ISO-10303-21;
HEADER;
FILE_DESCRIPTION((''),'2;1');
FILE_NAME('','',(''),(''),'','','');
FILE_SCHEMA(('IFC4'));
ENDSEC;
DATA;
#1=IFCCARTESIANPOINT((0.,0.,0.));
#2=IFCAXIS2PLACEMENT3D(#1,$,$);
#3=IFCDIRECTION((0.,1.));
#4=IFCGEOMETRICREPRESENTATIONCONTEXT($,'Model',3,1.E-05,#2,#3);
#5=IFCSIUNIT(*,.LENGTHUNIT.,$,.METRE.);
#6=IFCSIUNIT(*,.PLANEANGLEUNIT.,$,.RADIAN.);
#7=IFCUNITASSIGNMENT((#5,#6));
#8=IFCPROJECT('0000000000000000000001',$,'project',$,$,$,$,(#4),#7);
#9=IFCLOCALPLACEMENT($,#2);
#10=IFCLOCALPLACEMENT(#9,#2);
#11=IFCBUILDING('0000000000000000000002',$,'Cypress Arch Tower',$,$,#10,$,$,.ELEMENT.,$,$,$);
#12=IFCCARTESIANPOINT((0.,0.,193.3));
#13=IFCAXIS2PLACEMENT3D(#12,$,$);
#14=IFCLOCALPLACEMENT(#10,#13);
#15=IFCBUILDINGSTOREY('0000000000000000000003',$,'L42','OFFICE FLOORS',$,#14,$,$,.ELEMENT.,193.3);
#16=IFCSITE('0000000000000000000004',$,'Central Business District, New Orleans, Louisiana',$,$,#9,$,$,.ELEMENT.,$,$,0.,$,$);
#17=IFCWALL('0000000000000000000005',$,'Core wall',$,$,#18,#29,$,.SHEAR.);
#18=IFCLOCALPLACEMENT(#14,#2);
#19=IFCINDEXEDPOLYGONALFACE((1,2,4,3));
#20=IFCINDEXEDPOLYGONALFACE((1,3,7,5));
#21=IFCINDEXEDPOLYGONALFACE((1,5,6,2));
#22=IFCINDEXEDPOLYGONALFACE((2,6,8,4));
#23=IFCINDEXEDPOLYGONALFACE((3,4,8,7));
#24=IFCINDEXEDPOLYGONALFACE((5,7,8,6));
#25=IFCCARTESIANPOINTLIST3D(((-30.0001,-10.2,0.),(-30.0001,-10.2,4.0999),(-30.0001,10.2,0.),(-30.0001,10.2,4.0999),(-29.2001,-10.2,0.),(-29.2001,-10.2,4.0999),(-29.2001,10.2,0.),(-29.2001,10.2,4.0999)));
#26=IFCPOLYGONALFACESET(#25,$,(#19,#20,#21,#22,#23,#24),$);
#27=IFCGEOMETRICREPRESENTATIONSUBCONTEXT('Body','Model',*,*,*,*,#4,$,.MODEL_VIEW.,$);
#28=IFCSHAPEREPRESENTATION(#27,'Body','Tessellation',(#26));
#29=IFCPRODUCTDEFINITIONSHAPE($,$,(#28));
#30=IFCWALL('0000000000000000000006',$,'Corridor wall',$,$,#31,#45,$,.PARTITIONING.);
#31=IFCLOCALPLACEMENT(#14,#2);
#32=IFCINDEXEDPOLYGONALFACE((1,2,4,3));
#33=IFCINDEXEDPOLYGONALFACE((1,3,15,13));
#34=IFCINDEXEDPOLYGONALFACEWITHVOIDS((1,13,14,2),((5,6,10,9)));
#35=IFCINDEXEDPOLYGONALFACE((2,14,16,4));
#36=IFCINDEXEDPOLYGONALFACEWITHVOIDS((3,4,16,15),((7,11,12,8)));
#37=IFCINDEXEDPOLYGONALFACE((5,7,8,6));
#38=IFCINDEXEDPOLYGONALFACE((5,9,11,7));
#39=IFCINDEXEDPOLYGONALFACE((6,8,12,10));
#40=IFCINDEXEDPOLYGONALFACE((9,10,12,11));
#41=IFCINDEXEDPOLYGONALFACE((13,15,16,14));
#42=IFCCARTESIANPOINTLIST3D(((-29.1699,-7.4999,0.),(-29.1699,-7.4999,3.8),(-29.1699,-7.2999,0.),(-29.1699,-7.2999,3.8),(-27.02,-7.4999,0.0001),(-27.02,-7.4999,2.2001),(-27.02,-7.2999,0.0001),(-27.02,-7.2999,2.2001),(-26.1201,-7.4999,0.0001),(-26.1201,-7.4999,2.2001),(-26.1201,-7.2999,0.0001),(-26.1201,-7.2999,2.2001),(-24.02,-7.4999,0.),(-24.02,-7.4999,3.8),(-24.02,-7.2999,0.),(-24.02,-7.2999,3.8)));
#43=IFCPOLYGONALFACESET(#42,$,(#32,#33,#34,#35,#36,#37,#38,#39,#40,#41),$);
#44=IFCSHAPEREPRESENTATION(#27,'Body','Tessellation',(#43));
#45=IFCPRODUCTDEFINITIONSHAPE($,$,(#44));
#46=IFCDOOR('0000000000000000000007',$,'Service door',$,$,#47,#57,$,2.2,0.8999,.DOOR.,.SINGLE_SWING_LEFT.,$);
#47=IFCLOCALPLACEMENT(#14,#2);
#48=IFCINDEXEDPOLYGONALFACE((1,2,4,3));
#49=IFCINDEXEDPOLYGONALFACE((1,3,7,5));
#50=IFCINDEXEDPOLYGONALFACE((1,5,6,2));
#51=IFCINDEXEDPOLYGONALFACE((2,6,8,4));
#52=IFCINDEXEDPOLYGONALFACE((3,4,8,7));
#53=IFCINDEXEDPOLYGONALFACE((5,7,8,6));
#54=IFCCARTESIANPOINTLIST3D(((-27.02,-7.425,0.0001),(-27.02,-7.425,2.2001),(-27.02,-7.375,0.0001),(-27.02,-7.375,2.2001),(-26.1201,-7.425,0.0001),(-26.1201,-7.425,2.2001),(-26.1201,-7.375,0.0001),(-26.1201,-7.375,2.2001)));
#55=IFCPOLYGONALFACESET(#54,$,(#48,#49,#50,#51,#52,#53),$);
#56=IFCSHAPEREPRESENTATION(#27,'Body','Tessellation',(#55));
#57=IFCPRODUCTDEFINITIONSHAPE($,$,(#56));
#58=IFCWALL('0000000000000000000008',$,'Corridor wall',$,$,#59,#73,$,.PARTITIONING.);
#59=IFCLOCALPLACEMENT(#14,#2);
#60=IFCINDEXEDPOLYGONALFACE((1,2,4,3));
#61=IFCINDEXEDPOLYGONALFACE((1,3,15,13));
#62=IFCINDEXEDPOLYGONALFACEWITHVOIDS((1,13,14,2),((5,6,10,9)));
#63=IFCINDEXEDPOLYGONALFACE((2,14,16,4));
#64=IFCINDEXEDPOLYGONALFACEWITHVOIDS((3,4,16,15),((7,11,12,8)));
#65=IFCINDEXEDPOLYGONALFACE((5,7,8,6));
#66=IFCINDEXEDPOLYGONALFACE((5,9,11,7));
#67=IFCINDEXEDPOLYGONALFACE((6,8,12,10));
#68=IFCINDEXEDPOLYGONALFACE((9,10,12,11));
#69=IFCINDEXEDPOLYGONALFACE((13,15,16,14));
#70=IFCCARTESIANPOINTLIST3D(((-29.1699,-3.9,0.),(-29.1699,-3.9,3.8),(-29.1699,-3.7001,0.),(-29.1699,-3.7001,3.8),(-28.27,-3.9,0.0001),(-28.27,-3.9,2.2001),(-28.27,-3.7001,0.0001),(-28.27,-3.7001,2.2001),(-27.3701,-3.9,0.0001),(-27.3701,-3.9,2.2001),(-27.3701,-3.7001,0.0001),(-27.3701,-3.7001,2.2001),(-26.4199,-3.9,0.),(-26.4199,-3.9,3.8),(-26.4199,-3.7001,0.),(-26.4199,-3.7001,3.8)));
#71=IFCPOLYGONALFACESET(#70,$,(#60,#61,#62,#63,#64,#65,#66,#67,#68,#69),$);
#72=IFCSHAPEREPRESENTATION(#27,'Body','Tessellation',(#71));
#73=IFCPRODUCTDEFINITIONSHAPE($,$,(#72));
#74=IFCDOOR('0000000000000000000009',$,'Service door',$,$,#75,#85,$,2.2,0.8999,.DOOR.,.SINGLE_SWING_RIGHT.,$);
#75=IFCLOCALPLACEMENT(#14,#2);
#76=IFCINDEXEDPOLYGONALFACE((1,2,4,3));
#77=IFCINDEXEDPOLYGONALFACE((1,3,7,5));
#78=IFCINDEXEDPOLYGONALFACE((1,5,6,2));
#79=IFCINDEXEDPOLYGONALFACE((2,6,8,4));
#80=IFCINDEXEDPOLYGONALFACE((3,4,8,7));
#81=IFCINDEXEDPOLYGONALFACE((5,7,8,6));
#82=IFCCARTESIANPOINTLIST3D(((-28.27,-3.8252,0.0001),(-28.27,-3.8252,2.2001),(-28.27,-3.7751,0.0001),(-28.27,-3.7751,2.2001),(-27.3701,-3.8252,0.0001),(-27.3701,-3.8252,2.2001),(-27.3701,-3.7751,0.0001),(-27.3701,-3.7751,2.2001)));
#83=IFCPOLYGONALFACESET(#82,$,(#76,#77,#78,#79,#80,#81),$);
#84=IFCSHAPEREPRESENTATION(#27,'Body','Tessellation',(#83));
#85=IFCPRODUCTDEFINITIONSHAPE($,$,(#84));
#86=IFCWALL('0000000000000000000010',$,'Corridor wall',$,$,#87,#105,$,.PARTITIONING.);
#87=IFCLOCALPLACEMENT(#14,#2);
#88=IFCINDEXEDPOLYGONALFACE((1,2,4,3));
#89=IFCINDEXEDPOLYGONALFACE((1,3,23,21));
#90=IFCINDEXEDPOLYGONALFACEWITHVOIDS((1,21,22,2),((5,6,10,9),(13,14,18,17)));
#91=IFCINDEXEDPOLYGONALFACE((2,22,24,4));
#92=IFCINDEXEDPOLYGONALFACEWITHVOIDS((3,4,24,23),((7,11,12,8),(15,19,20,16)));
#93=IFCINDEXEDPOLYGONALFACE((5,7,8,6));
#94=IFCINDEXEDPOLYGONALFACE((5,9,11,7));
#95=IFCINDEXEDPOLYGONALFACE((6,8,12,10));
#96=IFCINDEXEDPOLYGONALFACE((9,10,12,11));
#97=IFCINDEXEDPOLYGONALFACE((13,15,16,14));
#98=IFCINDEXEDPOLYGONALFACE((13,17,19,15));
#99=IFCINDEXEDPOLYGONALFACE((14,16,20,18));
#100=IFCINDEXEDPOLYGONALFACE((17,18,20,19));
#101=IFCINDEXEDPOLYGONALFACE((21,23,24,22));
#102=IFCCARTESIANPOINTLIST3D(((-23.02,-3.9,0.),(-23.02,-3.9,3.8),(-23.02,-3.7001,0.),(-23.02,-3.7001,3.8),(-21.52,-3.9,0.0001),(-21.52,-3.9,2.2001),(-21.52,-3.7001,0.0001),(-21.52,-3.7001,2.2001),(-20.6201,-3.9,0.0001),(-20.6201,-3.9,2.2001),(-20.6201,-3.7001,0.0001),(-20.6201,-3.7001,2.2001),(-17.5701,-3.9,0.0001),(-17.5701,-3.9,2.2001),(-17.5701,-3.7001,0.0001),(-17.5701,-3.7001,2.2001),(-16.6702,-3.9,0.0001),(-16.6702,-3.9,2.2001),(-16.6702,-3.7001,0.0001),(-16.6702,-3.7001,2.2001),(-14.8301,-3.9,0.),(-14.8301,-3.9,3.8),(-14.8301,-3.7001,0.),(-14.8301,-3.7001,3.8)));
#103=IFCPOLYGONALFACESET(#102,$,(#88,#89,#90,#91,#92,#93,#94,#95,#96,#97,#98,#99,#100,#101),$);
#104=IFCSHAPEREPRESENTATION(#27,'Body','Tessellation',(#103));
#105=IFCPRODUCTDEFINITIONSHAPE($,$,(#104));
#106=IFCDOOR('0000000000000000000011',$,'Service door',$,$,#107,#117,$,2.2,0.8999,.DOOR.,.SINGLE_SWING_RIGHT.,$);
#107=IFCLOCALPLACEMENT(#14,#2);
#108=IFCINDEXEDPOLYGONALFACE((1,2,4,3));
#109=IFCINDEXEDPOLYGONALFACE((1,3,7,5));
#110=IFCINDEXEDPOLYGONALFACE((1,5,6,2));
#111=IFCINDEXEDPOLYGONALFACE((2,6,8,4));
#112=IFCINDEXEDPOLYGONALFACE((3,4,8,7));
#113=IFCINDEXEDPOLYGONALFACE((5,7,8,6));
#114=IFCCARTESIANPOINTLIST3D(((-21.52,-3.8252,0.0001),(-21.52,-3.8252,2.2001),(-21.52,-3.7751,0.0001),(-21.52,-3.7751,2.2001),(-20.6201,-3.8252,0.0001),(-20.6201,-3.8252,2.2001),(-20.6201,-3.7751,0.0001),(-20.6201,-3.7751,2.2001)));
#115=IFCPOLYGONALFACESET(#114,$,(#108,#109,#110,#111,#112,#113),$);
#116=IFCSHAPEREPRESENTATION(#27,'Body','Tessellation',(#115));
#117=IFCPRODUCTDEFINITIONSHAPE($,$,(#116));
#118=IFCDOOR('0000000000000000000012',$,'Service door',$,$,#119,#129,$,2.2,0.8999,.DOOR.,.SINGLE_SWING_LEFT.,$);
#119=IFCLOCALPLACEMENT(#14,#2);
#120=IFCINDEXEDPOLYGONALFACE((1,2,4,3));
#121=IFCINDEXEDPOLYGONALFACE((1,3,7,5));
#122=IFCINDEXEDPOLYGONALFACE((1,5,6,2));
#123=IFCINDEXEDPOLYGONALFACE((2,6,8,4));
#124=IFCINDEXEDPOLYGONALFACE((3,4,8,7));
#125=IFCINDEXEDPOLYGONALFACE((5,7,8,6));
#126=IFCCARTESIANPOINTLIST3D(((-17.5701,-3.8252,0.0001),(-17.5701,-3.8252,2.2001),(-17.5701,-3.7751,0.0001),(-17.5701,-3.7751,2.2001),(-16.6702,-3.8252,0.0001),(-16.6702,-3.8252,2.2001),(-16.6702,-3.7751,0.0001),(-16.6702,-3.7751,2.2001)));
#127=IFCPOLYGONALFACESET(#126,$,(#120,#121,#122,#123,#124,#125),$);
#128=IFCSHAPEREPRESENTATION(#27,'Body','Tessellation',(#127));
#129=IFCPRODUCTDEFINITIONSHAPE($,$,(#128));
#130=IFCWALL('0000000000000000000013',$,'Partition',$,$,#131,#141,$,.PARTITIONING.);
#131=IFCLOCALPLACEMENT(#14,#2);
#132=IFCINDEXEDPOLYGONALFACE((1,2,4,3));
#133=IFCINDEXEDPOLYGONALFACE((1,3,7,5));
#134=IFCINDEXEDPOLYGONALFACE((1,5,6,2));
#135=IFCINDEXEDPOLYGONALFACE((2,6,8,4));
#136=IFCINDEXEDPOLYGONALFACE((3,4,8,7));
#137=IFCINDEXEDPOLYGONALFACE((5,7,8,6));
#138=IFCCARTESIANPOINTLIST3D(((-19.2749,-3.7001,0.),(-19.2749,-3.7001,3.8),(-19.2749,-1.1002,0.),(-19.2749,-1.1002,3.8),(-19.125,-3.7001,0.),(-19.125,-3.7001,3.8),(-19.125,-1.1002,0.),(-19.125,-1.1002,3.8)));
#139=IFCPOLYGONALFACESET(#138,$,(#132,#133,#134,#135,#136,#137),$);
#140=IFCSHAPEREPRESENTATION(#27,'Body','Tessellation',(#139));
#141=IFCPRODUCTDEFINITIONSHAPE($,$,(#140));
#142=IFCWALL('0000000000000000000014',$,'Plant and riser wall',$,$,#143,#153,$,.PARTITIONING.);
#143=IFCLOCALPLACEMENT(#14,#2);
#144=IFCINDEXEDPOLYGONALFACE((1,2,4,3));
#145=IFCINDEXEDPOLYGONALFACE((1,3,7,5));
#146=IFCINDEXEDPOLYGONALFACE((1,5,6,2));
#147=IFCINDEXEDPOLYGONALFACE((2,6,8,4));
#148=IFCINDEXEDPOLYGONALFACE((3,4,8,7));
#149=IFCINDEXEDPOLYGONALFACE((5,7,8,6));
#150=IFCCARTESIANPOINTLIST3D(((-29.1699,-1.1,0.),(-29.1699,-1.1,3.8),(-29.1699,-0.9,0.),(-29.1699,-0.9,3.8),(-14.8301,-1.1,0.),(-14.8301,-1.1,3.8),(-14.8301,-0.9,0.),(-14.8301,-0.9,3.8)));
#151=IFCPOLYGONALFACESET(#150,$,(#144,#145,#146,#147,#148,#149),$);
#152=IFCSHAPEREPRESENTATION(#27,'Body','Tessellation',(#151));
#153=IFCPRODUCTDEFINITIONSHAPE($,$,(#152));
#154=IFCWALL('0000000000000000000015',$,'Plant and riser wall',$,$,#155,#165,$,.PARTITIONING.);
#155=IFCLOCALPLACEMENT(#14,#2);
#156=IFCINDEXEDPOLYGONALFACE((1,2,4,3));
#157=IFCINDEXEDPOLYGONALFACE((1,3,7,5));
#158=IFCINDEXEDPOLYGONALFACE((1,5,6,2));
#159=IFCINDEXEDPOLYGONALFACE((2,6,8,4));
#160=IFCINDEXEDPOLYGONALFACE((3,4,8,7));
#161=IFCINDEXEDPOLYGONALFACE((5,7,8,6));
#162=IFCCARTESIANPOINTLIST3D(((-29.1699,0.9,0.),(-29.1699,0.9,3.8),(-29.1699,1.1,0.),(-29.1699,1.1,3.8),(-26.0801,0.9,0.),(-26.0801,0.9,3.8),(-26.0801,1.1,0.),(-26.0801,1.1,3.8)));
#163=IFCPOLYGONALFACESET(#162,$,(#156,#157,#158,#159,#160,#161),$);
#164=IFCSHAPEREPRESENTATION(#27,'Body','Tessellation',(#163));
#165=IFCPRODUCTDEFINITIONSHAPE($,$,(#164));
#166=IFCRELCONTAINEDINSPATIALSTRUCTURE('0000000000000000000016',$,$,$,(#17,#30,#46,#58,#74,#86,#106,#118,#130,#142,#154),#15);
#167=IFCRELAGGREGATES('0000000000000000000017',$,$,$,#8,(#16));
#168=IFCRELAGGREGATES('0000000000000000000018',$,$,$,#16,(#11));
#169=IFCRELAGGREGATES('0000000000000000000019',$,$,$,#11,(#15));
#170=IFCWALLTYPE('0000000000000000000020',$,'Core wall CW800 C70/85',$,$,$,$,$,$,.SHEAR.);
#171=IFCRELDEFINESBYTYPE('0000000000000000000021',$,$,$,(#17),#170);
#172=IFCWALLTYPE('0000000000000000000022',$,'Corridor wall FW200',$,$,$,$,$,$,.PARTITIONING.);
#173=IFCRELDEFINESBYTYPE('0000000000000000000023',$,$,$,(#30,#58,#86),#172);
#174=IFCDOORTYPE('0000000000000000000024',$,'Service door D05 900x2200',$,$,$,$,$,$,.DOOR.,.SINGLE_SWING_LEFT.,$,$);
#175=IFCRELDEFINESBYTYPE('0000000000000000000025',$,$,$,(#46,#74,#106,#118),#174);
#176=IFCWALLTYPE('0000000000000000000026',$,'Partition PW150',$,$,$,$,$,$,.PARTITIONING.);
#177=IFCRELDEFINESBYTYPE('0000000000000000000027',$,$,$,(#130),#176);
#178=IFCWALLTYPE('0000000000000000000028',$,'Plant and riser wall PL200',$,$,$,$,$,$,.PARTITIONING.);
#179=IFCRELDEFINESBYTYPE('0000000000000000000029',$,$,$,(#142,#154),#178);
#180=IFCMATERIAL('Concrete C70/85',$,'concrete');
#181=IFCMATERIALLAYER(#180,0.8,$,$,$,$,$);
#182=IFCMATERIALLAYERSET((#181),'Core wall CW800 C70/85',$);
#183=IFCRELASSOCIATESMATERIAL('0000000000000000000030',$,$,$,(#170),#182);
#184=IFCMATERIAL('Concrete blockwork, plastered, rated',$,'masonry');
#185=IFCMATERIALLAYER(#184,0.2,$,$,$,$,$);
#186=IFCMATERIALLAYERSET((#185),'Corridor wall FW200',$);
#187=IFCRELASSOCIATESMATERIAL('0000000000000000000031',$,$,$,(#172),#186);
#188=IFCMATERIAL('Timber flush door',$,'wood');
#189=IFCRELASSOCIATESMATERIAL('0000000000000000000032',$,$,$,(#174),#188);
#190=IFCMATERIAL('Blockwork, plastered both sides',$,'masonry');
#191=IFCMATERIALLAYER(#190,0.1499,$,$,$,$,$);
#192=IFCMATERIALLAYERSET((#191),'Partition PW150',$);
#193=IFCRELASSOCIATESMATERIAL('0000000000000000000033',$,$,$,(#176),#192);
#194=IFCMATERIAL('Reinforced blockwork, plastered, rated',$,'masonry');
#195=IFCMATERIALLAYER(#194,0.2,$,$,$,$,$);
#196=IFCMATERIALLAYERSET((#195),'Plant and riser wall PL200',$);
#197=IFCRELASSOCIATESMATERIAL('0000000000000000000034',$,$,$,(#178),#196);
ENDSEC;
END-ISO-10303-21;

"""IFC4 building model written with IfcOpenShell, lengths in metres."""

from ifc_helpers import new_model, si_unit, direction, frame, frame_2d, origin, place, context, subcontext, project, spatial, rectangle, extrude, material, layer, layer_set, type_object, element, fill, save


model = new_model("IFC4")

# Units and contexts
model_context = context("Model", 3, precision=1e-05, world=origin(), true_north=direction((0.0, 1.0)))
body_context = subcontext(model_context, "Body", "Model", "MODEL_VIEW")
ifc_project = project(units=[si_unit("LENGTHUNIT", "METRE"), si_unit("PLANEANGLEUNIT", "RADIAN")], contexts=[model_context])

# Site, building, storey
site_placement = place(None, origin())
site = spatial("IfcSite", under=ifc_project, at=site_placement, Name="Central Business District, New Orleans, Louisiana", CompositionType="ELEMENT", RefElevation=0.0)
building_placement = place(site_placement, origin())
building = spatial("IfcBuilding", under=site, at=building_placement, Name="Cypress Arch Tower", CompositionType="ELEMENT")
storey_placement = place(building_placement, frame((0.0, 0.0, 193.3)))
storey = spatial("IfcBuildingStorey", under=building, at=storey_placement, Name="L42", Description="OFFICE FLOORS", CompositionType="ELEMENT", Elevation=193.3)

# Wall
ifc_material_1 = material(Name="Concrete C70/85", Category="concrete")
ifc_layer_1 = layer(ifc_material_1, 0.8)
ifc_layer_set_1 = layer_set([ifc_layer_1], Name="Core wall CW800 C70/85")
wall_type_1 = type_object("IfcWallType", Name="Core wall CW800 C70/85", PredefinedType="SHEAR", material=ifc_layer_set_1)
wall_1_placement = place(storey_placement, frame((-29.6001, -10.2, 0.0), z_axis=(0.0, 0.0, 1.0), x_axis=(0.0, 1.0, 0.0)))
element("IfcWall", 1, at=wall_1_placement, inside=storey, type_object=wall_type_1, Name="Core wall", PredefinedType="SHEAR", context=body_context, shape_type="SweptSolid", body=[
    extrude(rectangle(XDim=20.3999, YDim=0.8, at=frame_2d((10.2, 0.0))), origin(), (0.0, 0.0, 1.0), 4.0999),
])

# Walls, openings, doors
ifc_material_2 = material(Name="Concrete blockwork, plastered, rated", Category="masonry")
ifc_layer_2 = layer(ifc_material_2, 0.2)
ifc_layer_set_2 = layer_set([ifc_layer_2], Name="Corridor wall FW200")
wall_type_2 = type_object("IfcWallType", Name="Corridor wall FW200", PredefinedType="PARTITIONING", material=ifc_layer_set_2)
wall_2_placement = place(storey_placement, frame((-29.1699, -7.3999, 0.0), z_axis=(0.0, 0.0, 1.0), x_axis=(1.0, 0.0, 0.0)))
wall_2 = element("IfcWall", 2, at=wall_2_placement, inside=storey, type_object=wall_type_2, Name="Corridor wall", PredefinedType="PARTITIONING", context=body_context, shape_type="SweptSolid", body=[
    extrude(rectangle(XDim=5.1499, YDim=0.2, at=frame_2d((2.575, 0.0))), origin(), (0.0, 0.0, 1.0), 3.8),
])
opening_1_placement = place(wall_2_placement, frame((2.1499, 0.0, 0.0)))
opening_1 = element("IfcOpeningElement", 3, at=opening_1_placement, cuts=wall_2, PredefinedType="OPENING", context=body_context, shape_type="SweptSolid", body=[
    extrude(rectangle(XDim=0.8999, YDim=2.2, at=frame_2d((0.45, 1.1001))), frame((0.0, 0.1099, 0.0), z_axis=(0.0, -1.0, 0.0), x_axis=(1.0, 0.0, 0.0)), (0.0, 0.0, 1.0), 0.22),
])
ifc_material_3 = material(Name="Timber flush door", Category="wood")
door_type_1 = type_object("IfcDoorType", Name="Service door D05 900x2200", OperationType="SINGLE_SWING_LEFT", PredefinedType="DOOR", material=ifc_material_3)
door_1_placement = place(opening_1_placement, origin())
door_1 = element("IfcDoor", 4, at=door_1_placement, inside=storey, type_object=door_type_1, Name="Service door", OperationType="SINGLE_SWING_LEFT", OverallHeight=2.2, OverallWidth=0.8999, PredefinedType="DOOR", context=body_context, shape_type="SweptSolid", body=[
    extrude(rectangle(XDim=0.8999, YDim=2.2, at=frame_2d((0.45, 1.1001))), frame((0.0, 0.0249, 0.0), z_axis=(0.0, -1.0, 0.0), x_axis=(1.0, 0.0, 0.0)), (0.0, 0.0, 1.0), 0.05),
])
fill(opening_1, door_1)
wall_3_placement = place(storey_placement, frame((-29.1699, -3.8, 0.0), z_axis=(0.0, 0.0, 1.0), x_axis=(1.0, 0.0, 0.0)))
wall_3 = element("IfcWall", 5, at=wall_3_placement, inside=storey, type_object=wall_type_2, Name="Corridor wall", PredefinedType="PARTITIONING", context=body_context, shape_type="SweptSolid", body=[
    extrude(rectangle(XDim=2.75, YDim=0.2, at=frame_2d((1.375, 0.0))), origin(), (0.0, 0.0, 1.0), 3.8),
])
opening_2_placement = place(wall_3_placement, frame((0.8999, 0.0, 0.0)))
opening_2 = element("IfcOpeningElement", 6, at=opening_2_placement, cuts=wall_3, PredefinedType="OPENING", context=body_context, shape_type="SweptSolid", body=[
    extrude(rectangle(XDim=0.8999, YDim=2.2, at=frame_2d((0.45, 1.1001))), frame((0.0, 0.1099, 0.0), z_axis=(0.0, -1.0, 0.0), x_axis=(1.0, 0.0, 0.0)), (0.0, 0.0, 1.0), 0.22),
])
door_2_placement = place(opening_2_placement, origin())
door_2 = element("IfcDoor", 7, at=door_2_placement, inside=storey, type_object=door_type_1, Name="Service door", OperationType="SINGLE_SWING_RIGHT", OverallHeight=2.2, OverallWidth=0.8999, PredefinedType="DOOR", context=body_context, shape_type="SweptSolid", body=[
    extrude(rectangle(XDim=0.8999, YDim=2.2, at=frame_2d((0.45, 1.1001))), frame((0.0, 0.0249, 0.0), z_axis=(0.0, -1.0, 0.0), x_axis=(1.0, 0.0, 0.0)), (0.0, 0.0, 1.0), 0.05),
])
fill(opening_2, door_2)

# Wall, openings, doors
wall_4_placement = place(storey_placement, frame((-23.02, -3.8, 0.0), z_axis=(0.0, 0.0, 1.0), x_axis=(1.0, 0.0, 0.0)))
wall_4 = element("IfcWall", 8, at=wall_4_placement, inside=storey, type_object=wall_type_2, Name="Corridor wall", PredefinedType="PARTITIONING", context=body_context, shape_type="SweptSolid", body=[
    extrude(rectangle(XDim=8.1899, YDim=0.2, at=frame_2d((4.095, 0.0))), origin(), (0.0, 0.0, 1.0), 3.8),
])
opening_3_placement = place(wall_4_placement, frame((1.5, 0.0, 0.0)))
opening_3 = element("IfcOpeningElement", 9, at=opening_3_placement, cuts=wall_4, PredefinedType="OPENING", context=body_context, shape_type="SweptSolid", body=[
    extrude(rectangle(XDim=0.8999, YDim=2.2, at=frame_2d((0.45, 1.1001))), frame((0.0, 0.1099, 0.0), z_axis=(0.0, -1.0, 0.0), x_axis=(1.0, 0.0, 0.0)), (0.0, 0.0, 1.0), 0.22),
])
opening_4_placement = place(wall_4_placement, frame((5.45, 0.0, 0.0)))
opening_4 = element("IfcOpeningElement", 10, at=opening_4_placement, cuts=wall_4, PredefinedType="OPENING", context=body_context, shape_type="SweptSolid", body=[
    extrude(rectangle(XDim=0.8999, YDim=2.2, at=frame_2d((0.45, 1.1001))), frame((0.0, 0.1099, 0.0), z_axis=(0.0, -1.0, 0.0), x_axis=(1.0, 0.0, 0.0)), (0.0, 0.0, 1.0), 0.22),
])
door_3_placement = place(opening_3_placement, origin())
door_3 = element("IfcDoor", 11, at=door_3_placement, inside=storey, type_object=door_type_1, Name="Service door", OperationType="SINGLE_SWING_RIGHT", OverallHeight=2.2, OverallWidth=0.8999, PredefinedType="DOOR", context=body_context, shape_type="SweptSolid", body=[
    extrude(rectangle(XDim=0.8999, YDim=2.2, at=frame_2d((0.45, 1.1001))), frame((0.0, 0.0249, 0.0), z_axis=(0.0, -1.0, 0.0), x_axis=(1.0, 0.0, 0.0)), (0.0, 0.0, 1.0), 0.05),
])
fill(opening_3, door_3)
door_4_placement = place(opening_4_placement, origin())
door_4 = element("IfcDoor", 12, at=door_4_placement, inside=storey, type_object=door_type_1, Name="Service door", OperationType="SINGLE_SWING_LEFT", OverallHeight=2.2, OverallWidth=0.8999, PredefinedType="DOOR", context=body_context, shape_type="SweptSolid", body=[
    extrude(rectangle(XDim=0.8999, YDim=2.2, at=frame_2d((0.45, 1.1001))), frame((0.0, 0.0249, 0.0), z_axis=(0.0, -1.0, 0.0), x_axis=(1.0, 0.0, 0.0)), (0.0, 0.0, 1.0), 0.05),
])
fill(opening_4, door_4)

# Walls
ifc_material_4 = material(Name="Blockwork, plastered both sides", Category="masonry")
ifc_layer_3 = layer(ifc_material_4, 0.1499)
ifc_layer_set_3 = layer_set([ifc_layer_3], Name="Partition PW150")
wall_type_3 = type_object("IfcWallType", Name="Partition PW150", PredefinedType="PARTITIONING", material=ifc_layer_set_3)
wall_5_placement = place(storey_placement, frame((-19.2, -3.7, 0.0), z_axis=(0.0, 0.0, 1.0), x_axis=(0.0, 1.0, 0.0)))
element("IfcWall", 13, at=wall_5_placement, inside=storey, type_object=wall_type_3, Name="Partition", PredefinedType="PARTITIONING", context=body_context, shape_type="SweptSolid", body=[
    extrude(rectangle(XDim=2.5999, YDim=0.1499, at=frame_2d((1.2998, 0.0))), origin(), (0.0, 0.0, 1.0), 3.8),
])
ifc_material_5 = material(Name="Reinforced blockwork, plastered, rated", Category="masonry")
ifc_layer_4 = layer(ifc_material_5, 0.2)
ifc_layer_set_4 = layer_set([ifc_layer_4], Name="Plant and riser wall PL200")
wall_type_4 = type_object("IfcWallType", Name="Plant and riser wall PL200", PredefinedType="PARTITIONING", material=ifc_layer_set_4)
wall_6_placement = place(storey_placement, frame((-29.1699, -1.0, 0.0), z_axis=(0.0, 0.0, 1.0), x_axis=(1.0, 0.0, 0.0)))
element("IfcWall", 14, at=wall_6_placement, inside=storey, type_object=wall_type_4, Name="Plant and riser wall", PredefinedType="PARTITIONING", context=body_context, shape_type="SweptSolid", body=[
    extrude(rectangle(XDim=14.3398, YDim=0.2, at=frame_2d((7.1699, 0.0))), origin(), (0.0, 0.0, 1.0), 3.8),
])
wall_7_placement = place(storey_placement, frame((-29.1699, 1.0, 0.0), z_axis=(0.0, 0.0, 1.0), x_axis=(1.0, 0.0, 0.0)))
element("IfcWall", 15, at=wall_7_placement, inside=storey, type_object=wall_type_4, Name="Plant and riser wall", PredefinedType="PARTITIONING", context=body_context, shape_type="SweptSolid", body=[
    extrude(rectangle(XDim=3.0898, YDim=0.2, at=frame_2d((1.5449, 0.0))), origin(), (0.0, 0.0, 1.0), 3.8),
])

save(model, "model.ifc")
